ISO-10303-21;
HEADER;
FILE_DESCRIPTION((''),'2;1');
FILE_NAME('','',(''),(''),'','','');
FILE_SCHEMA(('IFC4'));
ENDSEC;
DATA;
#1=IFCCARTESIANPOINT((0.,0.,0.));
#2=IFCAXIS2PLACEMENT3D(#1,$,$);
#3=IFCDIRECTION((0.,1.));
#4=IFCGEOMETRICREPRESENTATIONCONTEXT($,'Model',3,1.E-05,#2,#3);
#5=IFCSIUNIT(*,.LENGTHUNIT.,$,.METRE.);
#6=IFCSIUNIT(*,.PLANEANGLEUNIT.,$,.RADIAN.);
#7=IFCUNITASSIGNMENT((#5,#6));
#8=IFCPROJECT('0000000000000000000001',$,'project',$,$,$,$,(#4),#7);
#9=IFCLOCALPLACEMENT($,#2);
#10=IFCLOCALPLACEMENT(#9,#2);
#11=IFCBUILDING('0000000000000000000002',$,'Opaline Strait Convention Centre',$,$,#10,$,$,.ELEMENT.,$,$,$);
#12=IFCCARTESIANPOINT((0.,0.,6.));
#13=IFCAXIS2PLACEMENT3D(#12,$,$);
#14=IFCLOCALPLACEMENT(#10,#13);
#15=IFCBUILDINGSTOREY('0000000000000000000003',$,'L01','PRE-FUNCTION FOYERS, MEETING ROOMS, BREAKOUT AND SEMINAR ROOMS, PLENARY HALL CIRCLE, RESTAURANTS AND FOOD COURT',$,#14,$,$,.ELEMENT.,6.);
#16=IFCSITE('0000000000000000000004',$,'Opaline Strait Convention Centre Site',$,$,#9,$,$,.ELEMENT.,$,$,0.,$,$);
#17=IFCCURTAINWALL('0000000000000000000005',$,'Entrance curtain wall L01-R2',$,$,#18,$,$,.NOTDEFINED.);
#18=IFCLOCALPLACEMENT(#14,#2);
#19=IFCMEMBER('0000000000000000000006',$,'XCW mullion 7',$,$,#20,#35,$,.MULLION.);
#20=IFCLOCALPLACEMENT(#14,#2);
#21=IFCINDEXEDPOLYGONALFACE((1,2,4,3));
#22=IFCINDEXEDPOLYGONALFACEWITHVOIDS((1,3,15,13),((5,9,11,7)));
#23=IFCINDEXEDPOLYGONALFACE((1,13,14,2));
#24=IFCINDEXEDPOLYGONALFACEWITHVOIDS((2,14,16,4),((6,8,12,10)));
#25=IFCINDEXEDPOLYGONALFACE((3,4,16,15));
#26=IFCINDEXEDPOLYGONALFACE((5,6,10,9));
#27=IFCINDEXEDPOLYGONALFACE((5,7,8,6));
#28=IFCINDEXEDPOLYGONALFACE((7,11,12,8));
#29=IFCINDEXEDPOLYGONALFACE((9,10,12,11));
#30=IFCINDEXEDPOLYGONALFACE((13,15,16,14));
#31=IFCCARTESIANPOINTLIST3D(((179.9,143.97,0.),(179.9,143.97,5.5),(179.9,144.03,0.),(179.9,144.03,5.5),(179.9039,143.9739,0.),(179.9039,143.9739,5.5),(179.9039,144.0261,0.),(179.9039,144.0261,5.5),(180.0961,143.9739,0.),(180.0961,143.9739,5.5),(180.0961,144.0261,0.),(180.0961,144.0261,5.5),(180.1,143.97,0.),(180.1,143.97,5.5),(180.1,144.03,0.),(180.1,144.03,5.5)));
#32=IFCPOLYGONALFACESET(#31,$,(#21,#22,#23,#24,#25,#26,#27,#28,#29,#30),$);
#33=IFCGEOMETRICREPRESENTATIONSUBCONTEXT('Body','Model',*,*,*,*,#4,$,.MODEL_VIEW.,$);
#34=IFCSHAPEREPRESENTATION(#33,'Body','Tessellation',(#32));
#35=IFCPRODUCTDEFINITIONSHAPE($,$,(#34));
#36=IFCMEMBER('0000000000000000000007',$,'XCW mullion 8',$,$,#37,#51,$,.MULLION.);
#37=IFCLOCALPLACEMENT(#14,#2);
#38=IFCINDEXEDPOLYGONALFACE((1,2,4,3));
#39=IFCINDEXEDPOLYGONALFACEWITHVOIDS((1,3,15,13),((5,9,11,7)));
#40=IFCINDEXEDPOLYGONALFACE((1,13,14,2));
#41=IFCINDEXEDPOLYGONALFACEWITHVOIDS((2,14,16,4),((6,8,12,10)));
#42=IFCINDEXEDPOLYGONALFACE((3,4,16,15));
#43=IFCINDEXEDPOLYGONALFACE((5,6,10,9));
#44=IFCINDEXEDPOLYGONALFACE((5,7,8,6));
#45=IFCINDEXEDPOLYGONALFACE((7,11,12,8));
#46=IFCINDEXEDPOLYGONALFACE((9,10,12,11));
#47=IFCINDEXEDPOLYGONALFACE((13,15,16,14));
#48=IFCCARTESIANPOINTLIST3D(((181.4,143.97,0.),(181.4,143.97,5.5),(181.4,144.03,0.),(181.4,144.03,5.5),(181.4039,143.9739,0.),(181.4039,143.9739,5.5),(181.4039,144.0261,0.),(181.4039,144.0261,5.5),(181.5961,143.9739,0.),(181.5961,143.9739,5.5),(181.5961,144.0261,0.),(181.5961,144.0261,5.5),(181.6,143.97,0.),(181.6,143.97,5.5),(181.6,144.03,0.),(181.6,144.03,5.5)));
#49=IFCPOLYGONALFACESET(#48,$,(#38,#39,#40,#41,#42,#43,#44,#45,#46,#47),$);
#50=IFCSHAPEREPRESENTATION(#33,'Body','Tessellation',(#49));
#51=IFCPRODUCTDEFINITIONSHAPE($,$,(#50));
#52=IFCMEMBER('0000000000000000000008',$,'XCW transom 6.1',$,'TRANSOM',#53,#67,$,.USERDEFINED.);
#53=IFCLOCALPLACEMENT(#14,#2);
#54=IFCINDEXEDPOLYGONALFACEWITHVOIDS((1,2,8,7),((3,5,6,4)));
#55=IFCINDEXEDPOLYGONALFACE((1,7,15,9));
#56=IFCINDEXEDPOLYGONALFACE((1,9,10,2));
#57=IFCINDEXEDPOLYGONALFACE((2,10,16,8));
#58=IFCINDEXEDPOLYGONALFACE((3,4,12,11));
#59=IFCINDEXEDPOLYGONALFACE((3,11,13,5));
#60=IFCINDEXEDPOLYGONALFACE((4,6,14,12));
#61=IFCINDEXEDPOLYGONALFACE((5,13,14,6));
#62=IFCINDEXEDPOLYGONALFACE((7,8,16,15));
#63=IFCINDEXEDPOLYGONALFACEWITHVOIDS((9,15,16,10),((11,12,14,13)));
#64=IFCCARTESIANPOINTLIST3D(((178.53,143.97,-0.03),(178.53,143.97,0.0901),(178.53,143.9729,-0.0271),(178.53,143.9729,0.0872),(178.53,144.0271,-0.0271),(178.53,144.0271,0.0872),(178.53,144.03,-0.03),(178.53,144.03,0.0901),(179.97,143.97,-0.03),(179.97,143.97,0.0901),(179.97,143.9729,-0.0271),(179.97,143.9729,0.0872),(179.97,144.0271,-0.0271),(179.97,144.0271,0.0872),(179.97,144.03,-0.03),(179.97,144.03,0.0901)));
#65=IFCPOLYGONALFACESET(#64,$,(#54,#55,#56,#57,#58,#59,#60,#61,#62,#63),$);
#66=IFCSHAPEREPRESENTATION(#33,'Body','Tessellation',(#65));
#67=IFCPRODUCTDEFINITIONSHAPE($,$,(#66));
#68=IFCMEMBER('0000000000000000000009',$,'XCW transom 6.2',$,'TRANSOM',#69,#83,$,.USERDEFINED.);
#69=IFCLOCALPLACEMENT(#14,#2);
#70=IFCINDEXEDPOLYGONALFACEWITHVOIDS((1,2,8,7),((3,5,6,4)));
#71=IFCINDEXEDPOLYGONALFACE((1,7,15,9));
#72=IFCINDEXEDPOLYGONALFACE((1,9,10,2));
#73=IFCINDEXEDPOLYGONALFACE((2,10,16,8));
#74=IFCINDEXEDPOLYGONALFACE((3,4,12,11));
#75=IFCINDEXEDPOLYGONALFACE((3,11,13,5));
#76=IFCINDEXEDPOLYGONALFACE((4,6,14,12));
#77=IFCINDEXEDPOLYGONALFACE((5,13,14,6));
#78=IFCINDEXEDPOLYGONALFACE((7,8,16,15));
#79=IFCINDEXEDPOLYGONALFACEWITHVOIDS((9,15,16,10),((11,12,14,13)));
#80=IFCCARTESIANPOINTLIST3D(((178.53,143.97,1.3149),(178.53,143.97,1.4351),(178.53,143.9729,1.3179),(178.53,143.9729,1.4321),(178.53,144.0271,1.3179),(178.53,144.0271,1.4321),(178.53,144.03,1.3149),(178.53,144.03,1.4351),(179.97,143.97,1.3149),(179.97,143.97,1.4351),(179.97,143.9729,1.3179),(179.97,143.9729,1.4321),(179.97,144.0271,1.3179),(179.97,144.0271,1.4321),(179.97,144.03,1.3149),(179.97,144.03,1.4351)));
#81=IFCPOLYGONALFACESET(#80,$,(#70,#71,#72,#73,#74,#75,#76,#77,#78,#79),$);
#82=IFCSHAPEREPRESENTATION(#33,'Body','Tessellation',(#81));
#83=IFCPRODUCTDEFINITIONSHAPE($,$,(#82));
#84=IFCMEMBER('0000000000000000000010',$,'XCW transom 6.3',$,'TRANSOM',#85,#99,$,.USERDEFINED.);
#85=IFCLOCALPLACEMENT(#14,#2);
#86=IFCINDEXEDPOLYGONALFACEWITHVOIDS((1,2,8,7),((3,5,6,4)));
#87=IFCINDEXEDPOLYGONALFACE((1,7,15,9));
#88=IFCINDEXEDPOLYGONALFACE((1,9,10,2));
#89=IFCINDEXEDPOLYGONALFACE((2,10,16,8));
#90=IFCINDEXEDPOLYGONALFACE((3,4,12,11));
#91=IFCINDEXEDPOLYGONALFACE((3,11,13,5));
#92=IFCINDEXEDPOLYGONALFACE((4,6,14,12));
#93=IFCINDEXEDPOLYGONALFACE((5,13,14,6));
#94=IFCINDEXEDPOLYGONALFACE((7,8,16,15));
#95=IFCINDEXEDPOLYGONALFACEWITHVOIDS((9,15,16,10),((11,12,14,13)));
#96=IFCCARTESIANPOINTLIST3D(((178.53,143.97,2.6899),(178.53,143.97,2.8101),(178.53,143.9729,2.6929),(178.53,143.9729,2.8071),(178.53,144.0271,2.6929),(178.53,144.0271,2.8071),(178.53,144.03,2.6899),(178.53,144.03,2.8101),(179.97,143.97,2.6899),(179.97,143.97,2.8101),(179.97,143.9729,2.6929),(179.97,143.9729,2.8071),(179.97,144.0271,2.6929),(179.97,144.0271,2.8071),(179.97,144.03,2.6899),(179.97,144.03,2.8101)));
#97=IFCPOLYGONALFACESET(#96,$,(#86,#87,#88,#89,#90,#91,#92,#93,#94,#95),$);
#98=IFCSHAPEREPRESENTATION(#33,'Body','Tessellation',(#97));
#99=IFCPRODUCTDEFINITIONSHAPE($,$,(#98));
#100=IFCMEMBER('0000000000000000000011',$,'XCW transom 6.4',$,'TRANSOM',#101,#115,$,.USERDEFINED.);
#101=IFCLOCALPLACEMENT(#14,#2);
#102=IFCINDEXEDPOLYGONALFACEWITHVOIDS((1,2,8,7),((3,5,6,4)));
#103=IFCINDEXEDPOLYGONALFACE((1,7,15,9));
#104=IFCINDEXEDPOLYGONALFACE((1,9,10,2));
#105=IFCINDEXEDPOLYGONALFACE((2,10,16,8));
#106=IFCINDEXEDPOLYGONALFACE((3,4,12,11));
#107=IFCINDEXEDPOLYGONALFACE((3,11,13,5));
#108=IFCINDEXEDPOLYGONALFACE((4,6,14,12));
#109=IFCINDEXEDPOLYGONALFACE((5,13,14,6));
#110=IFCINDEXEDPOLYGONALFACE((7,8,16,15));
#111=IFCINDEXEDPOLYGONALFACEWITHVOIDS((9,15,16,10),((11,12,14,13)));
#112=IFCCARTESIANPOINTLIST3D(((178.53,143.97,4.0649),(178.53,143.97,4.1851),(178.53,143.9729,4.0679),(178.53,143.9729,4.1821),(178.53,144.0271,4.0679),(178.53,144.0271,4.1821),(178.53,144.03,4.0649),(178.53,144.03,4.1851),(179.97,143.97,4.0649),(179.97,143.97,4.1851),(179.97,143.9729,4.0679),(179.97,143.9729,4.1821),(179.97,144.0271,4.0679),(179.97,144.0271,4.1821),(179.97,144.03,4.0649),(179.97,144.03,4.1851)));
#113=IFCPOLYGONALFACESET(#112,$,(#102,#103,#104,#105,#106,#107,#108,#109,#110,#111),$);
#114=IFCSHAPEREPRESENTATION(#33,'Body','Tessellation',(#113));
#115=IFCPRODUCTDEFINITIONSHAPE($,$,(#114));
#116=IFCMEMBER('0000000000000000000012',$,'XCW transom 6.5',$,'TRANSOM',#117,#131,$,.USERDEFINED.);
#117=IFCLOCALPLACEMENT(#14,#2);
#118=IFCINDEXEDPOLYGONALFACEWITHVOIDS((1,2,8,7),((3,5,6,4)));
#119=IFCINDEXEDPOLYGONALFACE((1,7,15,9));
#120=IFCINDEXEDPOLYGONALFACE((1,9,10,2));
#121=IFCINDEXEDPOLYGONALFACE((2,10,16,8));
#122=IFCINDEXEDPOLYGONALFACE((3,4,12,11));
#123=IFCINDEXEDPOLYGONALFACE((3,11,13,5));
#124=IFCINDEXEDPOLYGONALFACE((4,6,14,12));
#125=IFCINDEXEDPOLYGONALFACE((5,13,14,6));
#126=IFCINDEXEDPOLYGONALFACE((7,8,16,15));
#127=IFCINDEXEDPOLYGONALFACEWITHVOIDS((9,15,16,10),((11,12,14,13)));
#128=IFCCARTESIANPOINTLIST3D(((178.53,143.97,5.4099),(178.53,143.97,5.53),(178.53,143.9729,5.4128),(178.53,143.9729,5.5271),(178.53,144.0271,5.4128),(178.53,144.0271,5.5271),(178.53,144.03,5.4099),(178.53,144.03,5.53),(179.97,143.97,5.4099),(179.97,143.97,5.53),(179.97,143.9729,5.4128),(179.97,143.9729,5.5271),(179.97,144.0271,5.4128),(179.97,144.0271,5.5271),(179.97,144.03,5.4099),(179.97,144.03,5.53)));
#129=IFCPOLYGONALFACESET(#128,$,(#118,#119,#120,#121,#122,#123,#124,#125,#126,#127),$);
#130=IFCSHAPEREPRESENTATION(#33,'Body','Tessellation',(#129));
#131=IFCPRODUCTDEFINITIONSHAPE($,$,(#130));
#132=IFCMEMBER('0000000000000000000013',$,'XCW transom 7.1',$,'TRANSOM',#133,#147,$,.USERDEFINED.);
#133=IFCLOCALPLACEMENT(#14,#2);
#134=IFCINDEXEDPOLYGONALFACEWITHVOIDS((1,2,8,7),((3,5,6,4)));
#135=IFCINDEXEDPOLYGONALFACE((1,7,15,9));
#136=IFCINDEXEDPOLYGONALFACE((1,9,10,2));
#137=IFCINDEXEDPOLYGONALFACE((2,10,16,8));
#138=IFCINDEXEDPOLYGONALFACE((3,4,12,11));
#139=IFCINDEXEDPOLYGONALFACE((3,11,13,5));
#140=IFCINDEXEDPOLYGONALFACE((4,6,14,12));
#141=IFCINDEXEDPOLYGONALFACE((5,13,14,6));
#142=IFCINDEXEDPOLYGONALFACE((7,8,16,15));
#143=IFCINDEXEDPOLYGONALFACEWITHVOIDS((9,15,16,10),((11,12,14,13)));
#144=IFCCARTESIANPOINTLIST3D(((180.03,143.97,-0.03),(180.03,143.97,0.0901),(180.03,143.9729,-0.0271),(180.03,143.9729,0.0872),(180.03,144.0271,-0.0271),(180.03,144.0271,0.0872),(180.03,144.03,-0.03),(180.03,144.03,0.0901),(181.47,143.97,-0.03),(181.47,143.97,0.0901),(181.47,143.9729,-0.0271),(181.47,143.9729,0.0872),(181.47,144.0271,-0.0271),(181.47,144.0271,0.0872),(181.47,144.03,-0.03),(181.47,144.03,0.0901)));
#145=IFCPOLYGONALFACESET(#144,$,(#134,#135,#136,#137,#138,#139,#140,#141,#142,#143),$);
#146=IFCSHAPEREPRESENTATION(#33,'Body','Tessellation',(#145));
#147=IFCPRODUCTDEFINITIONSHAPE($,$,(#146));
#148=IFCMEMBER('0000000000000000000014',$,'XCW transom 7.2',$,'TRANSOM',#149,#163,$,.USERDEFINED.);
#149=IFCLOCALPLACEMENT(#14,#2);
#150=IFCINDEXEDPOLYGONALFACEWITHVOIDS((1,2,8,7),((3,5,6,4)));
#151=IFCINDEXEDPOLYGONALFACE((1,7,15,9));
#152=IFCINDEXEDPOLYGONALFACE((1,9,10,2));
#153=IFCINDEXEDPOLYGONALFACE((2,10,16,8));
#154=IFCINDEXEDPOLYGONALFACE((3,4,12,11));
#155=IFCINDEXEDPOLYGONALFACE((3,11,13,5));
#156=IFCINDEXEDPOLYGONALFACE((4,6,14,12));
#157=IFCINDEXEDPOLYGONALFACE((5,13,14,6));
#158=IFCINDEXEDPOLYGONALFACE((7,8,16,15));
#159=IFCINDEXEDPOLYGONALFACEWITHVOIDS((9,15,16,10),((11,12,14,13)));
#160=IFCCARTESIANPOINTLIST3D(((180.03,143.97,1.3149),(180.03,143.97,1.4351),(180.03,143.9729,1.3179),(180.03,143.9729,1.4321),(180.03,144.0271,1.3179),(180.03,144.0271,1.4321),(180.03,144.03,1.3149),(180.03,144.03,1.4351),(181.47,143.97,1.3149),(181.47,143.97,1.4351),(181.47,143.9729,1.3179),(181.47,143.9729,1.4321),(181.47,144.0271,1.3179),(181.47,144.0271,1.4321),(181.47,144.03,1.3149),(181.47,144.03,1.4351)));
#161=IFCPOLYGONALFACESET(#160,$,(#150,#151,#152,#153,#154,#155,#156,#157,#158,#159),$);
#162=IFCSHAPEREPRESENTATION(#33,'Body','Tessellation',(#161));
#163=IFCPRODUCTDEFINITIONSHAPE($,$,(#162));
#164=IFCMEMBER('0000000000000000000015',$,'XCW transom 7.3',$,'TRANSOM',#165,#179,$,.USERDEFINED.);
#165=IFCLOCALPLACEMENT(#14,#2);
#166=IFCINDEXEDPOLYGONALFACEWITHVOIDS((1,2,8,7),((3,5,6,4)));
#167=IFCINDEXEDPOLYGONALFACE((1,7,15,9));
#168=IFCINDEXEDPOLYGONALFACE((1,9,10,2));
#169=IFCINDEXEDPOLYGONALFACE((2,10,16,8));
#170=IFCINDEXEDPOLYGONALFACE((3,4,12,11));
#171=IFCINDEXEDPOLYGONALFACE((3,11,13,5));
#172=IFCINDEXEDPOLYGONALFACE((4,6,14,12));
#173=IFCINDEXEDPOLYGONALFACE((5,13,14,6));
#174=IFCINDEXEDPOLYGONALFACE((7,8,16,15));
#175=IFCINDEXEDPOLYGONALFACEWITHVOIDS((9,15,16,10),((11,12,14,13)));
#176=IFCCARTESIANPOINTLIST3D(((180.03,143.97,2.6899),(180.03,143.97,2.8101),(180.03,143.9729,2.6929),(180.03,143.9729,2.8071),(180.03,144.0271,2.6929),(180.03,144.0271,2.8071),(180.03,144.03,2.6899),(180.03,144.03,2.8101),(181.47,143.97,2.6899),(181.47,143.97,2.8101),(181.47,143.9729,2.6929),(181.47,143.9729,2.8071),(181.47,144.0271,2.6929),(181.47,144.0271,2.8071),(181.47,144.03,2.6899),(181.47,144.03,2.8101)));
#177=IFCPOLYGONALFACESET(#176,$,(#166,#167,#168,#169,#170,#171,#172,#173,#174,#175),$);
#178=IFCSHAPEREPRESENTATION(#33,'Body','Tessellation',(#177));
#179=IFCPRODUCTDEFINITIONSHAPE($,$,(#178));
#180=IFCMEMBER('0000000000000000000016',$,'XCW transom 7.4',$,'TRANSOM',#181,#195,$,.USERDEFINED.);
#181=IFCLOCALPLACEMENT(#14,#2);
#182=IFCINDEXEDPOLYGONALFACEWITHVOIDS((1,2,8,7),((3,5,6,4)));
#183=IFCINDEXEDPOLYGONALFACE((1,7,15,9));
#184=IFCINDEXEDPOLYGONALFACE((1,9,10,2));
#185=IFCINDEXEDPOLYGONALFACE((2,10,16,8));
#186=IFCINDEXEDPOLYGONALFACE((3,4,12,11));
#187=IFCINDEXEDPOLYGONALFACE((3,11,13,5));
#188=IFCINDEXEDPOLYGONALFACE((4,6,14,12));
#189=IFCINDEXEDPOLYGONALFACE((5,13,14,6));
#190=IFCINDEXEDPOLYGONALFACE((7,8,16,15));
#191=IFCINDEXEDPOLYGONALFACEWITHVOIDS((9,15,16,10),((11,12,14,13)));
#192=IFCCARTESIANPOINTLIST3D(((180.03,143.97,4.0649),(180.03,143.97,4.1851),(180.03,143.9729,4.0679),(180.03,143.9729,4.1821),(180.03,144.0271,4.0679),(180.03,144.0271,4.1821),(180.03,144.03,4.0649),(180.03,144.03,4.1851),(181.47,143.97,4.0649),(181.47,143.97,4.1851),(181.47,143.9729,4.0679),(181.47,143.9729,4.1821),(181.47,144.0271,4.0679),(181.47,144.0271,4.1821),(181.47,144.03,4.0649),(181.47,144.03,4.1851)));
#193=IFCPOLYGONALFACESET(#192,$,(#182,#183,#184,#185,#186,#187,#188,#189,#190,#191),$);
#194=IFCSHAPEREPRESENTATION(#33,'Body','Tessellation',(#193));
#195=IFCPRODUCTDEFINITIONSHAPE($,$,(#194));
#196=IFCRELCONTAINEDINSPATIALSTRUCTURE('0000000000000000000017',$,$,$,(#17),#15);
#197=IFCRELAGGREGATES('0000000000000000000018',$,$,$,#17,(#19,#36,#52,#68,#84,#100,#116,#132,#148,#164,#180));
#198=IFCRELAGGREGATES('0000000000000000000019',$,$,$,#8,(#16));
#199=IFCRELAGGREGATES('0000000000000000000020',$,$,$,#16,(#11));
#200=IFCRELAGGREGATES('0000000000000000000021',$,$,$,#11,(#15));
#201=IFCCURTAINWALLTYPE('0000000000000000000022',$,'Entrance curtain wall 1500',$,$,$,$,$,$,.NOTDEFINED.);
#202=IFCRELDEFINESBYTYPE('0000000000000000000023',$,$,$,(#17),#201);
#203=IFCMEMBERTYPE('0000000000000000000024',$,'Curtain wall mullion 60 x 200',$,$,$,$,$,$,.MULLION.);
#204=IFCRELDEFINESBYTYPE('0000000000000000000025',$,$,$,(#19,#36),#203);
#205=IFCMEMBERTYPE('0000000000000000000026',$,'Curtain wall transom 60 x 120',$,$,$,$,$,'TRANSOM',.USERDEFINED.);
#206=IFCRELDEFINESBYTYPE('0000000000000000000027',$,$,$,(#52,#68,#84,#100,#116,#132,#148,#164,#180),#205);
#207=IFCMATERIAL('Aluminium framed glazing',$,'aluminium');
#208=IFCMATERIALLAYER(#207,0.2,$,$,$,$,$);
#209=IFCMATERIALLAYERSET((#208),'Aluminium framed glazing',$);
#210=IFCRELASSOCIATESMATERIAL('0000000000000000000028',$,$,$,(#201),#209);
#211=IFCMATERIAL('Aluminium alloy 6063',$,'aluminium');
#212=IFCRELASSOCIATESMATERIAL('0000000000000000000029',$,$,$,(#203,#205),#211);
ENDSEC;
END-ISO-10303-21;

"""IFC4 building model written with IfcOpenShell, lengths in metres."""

from ifc_helpers import new_model, si_unit, direction, frame, origin, origin_2d, place, context, subcontext, project, spatial, hollow_rectangle, extrude, material, layer, layer_set, material_profile, profile_set, type_object, element, aggregate, save


model = new_model("IFC4")

# Units and contexts
model_context = context("Model", 3, precision=1e-05, world=origin(), true_north=direction((0.0, 1.0)))
body_context = subcontext(model_context, "Body", "Model", "MODEL_VIEW")
ifc_project = project(units=[si_unit("LENGTHUNIT", "METRE"), si_unit("PLANEANGLEUNIT", "RADIAN")], contexts=[model_context])

# Site, building, storey
site_placement = place(None, origin())
site = spatial("IfcSite", under=ifc_project, at=site_placement, Name="Opaline Strait Convention Centre Site", CompositionType="ELEMENT", RefElevation=0.0)
building_placement = place(site_placement, origin())
building = spatial("IfcBuilding", under=site, at=building_placement, Name="Opaline Strait Convention Centre", CompositionType="ELEMENT")
storey_placement = place(building_placement, frame((0.0, 0.0, 6.0)))
storey = spatial("IfcBuildingStorey", under=building, at=storey_placement, Name="L01", Description="PRE-FUNCTION FOYERS, MEETING ROOMS, BREAKOUT AND SEMINAR ROOMS, PLENARY HALL CIRCLE, RESTAURANTS AND FOOD COURT", CompositionType="ELEMENT", Elevation=6.0)

# Curtain wall, members
ifc_material_1 = material(Name="Aluminium framed glazing", Category="aluminium")
ifc_layer_1 = layer(ifc_material_1, 0.2)
ifc_layer_set_1 = layer_set([ifc_layer_1], Name="Aluminium framed glazing")
curtain_wall_type = type_object("IfcCurtainWallType", Name="Entrance curtain wall 1500", PredefinedType="NOTDEFINED", material=ifc_layer_set_1)
curtain_wall_placement = place(storey_placement, origin())
curtain_wall = element("IfcCurtainWall", 1, at=curtain_wall_placement, inside=storey, type_object=curtain_wall_type, Name="Entrance curtain wall L01-R2", PredefinedType="NOTDEFINED")
ifc_material_2 = material(Name="Aluminium alloy 6063", Category="aluminium")
ifc_material_profile_1 = material_profile(ifc_material_2, hollow_rectangle(XDim=0.0601, YDim=0.2, WallThickness=0.0039, at=origin_2d()), Name="MULLION 60x200x4")
ifc_profile_set_1 = profile_set([ifc_material_profile_1], Name="Aluminium alloy 6063")
member_type_1 = type_object("IfcMemberType", Name="Curtain wall mullion 60 x 200", PredefinedType="MULLION", material=ifc_profile_set_1)
member_1_placement = place(storey_placement, frame((180.0, 144.0, 0.0), z_axis=(0.0, 0.0, 1.0), x_axis=(0.0, 1.0, 0.0)))
member_1 = element("IfcMember", 2, at=member_1_placement, type_object=member_type_1, Name="XCW mullion 7", PredefinedType="MULLION", context=body_context, shape_type="SweptSolid", body=[
    extrude(hollow_rectangle(XDim=0.0601, YDim=0.2, WallThickness=0.0039, at=origin_2d()), origin(), (0.0, 0.0, 1.0), 5.5),
])
member_2_placement = place(storey_placement, frame((181.5, 144.0, 0.0), z_axis=(0.0, 0.0, 1.0), x_axis=(0.0, 1.0, 0.0)))
member_2 = element("IfcMember", 3, at=member_2_placement, type_object=member_type_1, Name="XCW mullion 8", PredefinedType="MULLION", context=body_context, shape_type="SweptSolid", body=[
    extrude(hollow_rectangle(XDim=0.0601, YDim=0.2, WallThickness=0.0039, at=origin_2d()), origin(), (0.0, 0.0, 1.0), 5.5),
])
ifc_material_profile_2 = material_profile(ifc_material_2, hollow_rectangle(XDim=0.0601, YDim=0.1201, WallThickness=0.0029, at=origin_2d()), Name="TRANSOM 60x120x3")
ifc_profile_set_2 = profile_set([ifc_material_profile_2], Name="Aluminium alloy 6063")
member_type_2 = type_object("IfcMemberType", Name="Curtain wall transom 60 x 120", ElementType="TRANSOM", PredefinedType="USERDEFINED", material=ifc_profile_set_2)
member_3_placement = place(storey_placement, frame((178.53, 144.0, 0.03), z_axis=(1.0, 0.0, 0.0), x_axis=(0.0, 1.0, 0.0)))
member_3 = element("IfcMember", 4, at=member_3_placement, type_object=member_type_2, Name="XCW transom 6.1", ObjectType="TRANSOM", PredefinedType="USERDEFINED", context=body_context, shape_type="SweptSolid", body=[
    extrude(hollow_rectangle(XDim=0.0601, YDim=0.1201, WallThickness=0.0029, at=origin_2d()), origin(), (0.0, 0.0, 1.0), 1.4399),
])
member_4_placement = place(storey_placement, frame((178.53, 144.0, 1.375), z_axis=(1.0, 0.0, 0.0), x_axis=(0.0, 1.0, 0.0)))
member_4 = element("IfcMember", 5, at=member_4_placement, type_object=member_type_2, Name="XCW transom 6.2", ObjectType="TRANSOM", PredefinedType="USERDEFINED", context=body_context, shape_type="SweptSolid", body=[
    extrude(hollow_rectangle(XDim=0.0601, YDim=0.1201, WallThickness=0.0029, at=origin_2d()), origin(), (0.0, 0.0, 1.0), 1.4399),
])
member_5_placement = place(storey_placement, frame((178.53, 144.0, 2.75), z_axis=(1.0, 0.0, 0.0), x_axis=(0.0, 1.0, 0.0)))
member_5 = element("IfcMember", 6, at=member_5_placement, type_object=member_type_2, Name="XCW transom 6.3", ObjectType="TRANSOM", PredefinedType="USERDEFINED", context=body_context, shape_type="SweptSolid", body=[
    extrude(hollow_rectangle(XDim=0.0601, YDim=0.1201, WallThickness=0.0029, at=origin_2d()), origin(), (0.0, 0.0, 1.0), 1.4399),
])
member_6_placement = place(storey_placement, frame((178.53, 144.0, 4.125), z_axis=(1.0, 0.0, 0.0), x_axis=(0.0, 1.0, 0.0)))
member_6 = element("IfcMember", 7, at=member_6_placement, type_object=member_type_2, Name="XCW transom 6.4", ObjectType="TRANSOM", PredefinedType="USERDEFINED", context=body_context, shape_type="SweptSolid", body=[
    extrude(hollow_rectangle(XDim=0.0601, YDim=0.1201, WallThickness=0.0029, at=origin_2d()), origin(), (0.0, 0.0, 1.0), 1.4399),
])
member_7_placement = place(storey_placement, frame((178.53, 144.0, 5.47), z_axis=(1.0, 0.0, 0.0), x_axis=(0.0, 1.0, 0.0)))
member_7 = element("IfcMember", 8, at=member_7_placement, type_object=member_type_2, Name="XCW transom 6.5", ObjectType="TRANSOM", PredefinedType="USERDEFINED", context=body_context, shape_type="SweptSolid", body=[
    extrude(hollow_rectangle(XDim=0.0601, YDim=0.1201, WallThickness=0.0029, at=origin_2d()), origin(), (0.0, 0.0, 1.0), 1.4399),
])
member_8_placement = place(storey_placement, frame((180.03, 144.0, 0.03), z_axis=(1.0, 0.0, 0.0), x_axis=(0.0, 1.0, 0.0)))
member_8 = element("IfcMember", 9, at=member_8_placement, type_object=member_type_2, Name="XCW transom 7.1", ObjectType="TRANSOM", PredefinedType="USERDEFINED", context=body_context, shape_type="SweptSolid", body=[
    extrude(hollow_rectangle(XDim=0.0601, YDim=0.1201, WallThickness=0.0029, at=origin_2d()), origin(), (0.0, 0.0, 1.0), 1.4399),
])
member_9_placement = place(storey_placement, frame((180.03, 144.0, 1.375), z_axis=(1.0, 0.0, 0.0), x_axis=(0.0, 1.0, 0.0)))
member_9 = element("IfcMember", 10, at=member_9_placement, type_object=member_type_2, Name="XCW transom 7.2", ObjectType="TRANSOM", PredefinedType="USERDEFINED", context=body_context, shape_type="SweptSolid", body=[
    extrude(hollow_rectangle(XDim=0.0601, YDim=0.1201, WallThickness=0.0029, at=origin_2d()), origin(), (0.0, 0.0, 1.0), 1.4399),
])
member_10_placement = place(storey_placement, frame((180.03, 144.0, 2.75), z_axis=(1.0, 0.0, 0.0), x_axis=(0.0, 1.0, 0.0)))
member_10 = element("IfcMember", 11, at=member_10_placement, type_object=member_type_2, Name="XCW transom 7.3", ObjectType="TRANSOM", PredefinedType="USERDEFINED", context=body_context, shape_type="SweptSolid", body=[
    extrude(hollow_rectangle(XDim=0.0601, YDim=0.1201, WallThickness=0.0029, at=origin_2d()), origin(), (0.0, 0.0, 1.0), 1.4399),
])
member_11_placement = place(storey_placement, frame((180.03, 144.0, 4.125), z_axis=(1.0, 0.0, 0.0), x_axis=(0.0, 1.0, 0.0)))
member_11 = element("IfcMember", 12, at=member_11_placement, type_object=member_type_2, Name="XCW transom 7.4", ObjectType="TRANSOM", PredefinedType="USERDEFINED", context=body_context, shape_type="SweptSolid", body=[
    extrude(hollow_rectangle(XDim=0.0601, YDim=0.1201, WallThickness=0.0029, at=origin_2d()), origin(), (0.0, 0.0, 1.0), 1.4399),
])
aggregate(curtain_wall, [member_1, member_2, member_3, member_4, member_5, member_6, member_7, member_8, member_9, member_10, member_11])

save(model, "model.ifc")
